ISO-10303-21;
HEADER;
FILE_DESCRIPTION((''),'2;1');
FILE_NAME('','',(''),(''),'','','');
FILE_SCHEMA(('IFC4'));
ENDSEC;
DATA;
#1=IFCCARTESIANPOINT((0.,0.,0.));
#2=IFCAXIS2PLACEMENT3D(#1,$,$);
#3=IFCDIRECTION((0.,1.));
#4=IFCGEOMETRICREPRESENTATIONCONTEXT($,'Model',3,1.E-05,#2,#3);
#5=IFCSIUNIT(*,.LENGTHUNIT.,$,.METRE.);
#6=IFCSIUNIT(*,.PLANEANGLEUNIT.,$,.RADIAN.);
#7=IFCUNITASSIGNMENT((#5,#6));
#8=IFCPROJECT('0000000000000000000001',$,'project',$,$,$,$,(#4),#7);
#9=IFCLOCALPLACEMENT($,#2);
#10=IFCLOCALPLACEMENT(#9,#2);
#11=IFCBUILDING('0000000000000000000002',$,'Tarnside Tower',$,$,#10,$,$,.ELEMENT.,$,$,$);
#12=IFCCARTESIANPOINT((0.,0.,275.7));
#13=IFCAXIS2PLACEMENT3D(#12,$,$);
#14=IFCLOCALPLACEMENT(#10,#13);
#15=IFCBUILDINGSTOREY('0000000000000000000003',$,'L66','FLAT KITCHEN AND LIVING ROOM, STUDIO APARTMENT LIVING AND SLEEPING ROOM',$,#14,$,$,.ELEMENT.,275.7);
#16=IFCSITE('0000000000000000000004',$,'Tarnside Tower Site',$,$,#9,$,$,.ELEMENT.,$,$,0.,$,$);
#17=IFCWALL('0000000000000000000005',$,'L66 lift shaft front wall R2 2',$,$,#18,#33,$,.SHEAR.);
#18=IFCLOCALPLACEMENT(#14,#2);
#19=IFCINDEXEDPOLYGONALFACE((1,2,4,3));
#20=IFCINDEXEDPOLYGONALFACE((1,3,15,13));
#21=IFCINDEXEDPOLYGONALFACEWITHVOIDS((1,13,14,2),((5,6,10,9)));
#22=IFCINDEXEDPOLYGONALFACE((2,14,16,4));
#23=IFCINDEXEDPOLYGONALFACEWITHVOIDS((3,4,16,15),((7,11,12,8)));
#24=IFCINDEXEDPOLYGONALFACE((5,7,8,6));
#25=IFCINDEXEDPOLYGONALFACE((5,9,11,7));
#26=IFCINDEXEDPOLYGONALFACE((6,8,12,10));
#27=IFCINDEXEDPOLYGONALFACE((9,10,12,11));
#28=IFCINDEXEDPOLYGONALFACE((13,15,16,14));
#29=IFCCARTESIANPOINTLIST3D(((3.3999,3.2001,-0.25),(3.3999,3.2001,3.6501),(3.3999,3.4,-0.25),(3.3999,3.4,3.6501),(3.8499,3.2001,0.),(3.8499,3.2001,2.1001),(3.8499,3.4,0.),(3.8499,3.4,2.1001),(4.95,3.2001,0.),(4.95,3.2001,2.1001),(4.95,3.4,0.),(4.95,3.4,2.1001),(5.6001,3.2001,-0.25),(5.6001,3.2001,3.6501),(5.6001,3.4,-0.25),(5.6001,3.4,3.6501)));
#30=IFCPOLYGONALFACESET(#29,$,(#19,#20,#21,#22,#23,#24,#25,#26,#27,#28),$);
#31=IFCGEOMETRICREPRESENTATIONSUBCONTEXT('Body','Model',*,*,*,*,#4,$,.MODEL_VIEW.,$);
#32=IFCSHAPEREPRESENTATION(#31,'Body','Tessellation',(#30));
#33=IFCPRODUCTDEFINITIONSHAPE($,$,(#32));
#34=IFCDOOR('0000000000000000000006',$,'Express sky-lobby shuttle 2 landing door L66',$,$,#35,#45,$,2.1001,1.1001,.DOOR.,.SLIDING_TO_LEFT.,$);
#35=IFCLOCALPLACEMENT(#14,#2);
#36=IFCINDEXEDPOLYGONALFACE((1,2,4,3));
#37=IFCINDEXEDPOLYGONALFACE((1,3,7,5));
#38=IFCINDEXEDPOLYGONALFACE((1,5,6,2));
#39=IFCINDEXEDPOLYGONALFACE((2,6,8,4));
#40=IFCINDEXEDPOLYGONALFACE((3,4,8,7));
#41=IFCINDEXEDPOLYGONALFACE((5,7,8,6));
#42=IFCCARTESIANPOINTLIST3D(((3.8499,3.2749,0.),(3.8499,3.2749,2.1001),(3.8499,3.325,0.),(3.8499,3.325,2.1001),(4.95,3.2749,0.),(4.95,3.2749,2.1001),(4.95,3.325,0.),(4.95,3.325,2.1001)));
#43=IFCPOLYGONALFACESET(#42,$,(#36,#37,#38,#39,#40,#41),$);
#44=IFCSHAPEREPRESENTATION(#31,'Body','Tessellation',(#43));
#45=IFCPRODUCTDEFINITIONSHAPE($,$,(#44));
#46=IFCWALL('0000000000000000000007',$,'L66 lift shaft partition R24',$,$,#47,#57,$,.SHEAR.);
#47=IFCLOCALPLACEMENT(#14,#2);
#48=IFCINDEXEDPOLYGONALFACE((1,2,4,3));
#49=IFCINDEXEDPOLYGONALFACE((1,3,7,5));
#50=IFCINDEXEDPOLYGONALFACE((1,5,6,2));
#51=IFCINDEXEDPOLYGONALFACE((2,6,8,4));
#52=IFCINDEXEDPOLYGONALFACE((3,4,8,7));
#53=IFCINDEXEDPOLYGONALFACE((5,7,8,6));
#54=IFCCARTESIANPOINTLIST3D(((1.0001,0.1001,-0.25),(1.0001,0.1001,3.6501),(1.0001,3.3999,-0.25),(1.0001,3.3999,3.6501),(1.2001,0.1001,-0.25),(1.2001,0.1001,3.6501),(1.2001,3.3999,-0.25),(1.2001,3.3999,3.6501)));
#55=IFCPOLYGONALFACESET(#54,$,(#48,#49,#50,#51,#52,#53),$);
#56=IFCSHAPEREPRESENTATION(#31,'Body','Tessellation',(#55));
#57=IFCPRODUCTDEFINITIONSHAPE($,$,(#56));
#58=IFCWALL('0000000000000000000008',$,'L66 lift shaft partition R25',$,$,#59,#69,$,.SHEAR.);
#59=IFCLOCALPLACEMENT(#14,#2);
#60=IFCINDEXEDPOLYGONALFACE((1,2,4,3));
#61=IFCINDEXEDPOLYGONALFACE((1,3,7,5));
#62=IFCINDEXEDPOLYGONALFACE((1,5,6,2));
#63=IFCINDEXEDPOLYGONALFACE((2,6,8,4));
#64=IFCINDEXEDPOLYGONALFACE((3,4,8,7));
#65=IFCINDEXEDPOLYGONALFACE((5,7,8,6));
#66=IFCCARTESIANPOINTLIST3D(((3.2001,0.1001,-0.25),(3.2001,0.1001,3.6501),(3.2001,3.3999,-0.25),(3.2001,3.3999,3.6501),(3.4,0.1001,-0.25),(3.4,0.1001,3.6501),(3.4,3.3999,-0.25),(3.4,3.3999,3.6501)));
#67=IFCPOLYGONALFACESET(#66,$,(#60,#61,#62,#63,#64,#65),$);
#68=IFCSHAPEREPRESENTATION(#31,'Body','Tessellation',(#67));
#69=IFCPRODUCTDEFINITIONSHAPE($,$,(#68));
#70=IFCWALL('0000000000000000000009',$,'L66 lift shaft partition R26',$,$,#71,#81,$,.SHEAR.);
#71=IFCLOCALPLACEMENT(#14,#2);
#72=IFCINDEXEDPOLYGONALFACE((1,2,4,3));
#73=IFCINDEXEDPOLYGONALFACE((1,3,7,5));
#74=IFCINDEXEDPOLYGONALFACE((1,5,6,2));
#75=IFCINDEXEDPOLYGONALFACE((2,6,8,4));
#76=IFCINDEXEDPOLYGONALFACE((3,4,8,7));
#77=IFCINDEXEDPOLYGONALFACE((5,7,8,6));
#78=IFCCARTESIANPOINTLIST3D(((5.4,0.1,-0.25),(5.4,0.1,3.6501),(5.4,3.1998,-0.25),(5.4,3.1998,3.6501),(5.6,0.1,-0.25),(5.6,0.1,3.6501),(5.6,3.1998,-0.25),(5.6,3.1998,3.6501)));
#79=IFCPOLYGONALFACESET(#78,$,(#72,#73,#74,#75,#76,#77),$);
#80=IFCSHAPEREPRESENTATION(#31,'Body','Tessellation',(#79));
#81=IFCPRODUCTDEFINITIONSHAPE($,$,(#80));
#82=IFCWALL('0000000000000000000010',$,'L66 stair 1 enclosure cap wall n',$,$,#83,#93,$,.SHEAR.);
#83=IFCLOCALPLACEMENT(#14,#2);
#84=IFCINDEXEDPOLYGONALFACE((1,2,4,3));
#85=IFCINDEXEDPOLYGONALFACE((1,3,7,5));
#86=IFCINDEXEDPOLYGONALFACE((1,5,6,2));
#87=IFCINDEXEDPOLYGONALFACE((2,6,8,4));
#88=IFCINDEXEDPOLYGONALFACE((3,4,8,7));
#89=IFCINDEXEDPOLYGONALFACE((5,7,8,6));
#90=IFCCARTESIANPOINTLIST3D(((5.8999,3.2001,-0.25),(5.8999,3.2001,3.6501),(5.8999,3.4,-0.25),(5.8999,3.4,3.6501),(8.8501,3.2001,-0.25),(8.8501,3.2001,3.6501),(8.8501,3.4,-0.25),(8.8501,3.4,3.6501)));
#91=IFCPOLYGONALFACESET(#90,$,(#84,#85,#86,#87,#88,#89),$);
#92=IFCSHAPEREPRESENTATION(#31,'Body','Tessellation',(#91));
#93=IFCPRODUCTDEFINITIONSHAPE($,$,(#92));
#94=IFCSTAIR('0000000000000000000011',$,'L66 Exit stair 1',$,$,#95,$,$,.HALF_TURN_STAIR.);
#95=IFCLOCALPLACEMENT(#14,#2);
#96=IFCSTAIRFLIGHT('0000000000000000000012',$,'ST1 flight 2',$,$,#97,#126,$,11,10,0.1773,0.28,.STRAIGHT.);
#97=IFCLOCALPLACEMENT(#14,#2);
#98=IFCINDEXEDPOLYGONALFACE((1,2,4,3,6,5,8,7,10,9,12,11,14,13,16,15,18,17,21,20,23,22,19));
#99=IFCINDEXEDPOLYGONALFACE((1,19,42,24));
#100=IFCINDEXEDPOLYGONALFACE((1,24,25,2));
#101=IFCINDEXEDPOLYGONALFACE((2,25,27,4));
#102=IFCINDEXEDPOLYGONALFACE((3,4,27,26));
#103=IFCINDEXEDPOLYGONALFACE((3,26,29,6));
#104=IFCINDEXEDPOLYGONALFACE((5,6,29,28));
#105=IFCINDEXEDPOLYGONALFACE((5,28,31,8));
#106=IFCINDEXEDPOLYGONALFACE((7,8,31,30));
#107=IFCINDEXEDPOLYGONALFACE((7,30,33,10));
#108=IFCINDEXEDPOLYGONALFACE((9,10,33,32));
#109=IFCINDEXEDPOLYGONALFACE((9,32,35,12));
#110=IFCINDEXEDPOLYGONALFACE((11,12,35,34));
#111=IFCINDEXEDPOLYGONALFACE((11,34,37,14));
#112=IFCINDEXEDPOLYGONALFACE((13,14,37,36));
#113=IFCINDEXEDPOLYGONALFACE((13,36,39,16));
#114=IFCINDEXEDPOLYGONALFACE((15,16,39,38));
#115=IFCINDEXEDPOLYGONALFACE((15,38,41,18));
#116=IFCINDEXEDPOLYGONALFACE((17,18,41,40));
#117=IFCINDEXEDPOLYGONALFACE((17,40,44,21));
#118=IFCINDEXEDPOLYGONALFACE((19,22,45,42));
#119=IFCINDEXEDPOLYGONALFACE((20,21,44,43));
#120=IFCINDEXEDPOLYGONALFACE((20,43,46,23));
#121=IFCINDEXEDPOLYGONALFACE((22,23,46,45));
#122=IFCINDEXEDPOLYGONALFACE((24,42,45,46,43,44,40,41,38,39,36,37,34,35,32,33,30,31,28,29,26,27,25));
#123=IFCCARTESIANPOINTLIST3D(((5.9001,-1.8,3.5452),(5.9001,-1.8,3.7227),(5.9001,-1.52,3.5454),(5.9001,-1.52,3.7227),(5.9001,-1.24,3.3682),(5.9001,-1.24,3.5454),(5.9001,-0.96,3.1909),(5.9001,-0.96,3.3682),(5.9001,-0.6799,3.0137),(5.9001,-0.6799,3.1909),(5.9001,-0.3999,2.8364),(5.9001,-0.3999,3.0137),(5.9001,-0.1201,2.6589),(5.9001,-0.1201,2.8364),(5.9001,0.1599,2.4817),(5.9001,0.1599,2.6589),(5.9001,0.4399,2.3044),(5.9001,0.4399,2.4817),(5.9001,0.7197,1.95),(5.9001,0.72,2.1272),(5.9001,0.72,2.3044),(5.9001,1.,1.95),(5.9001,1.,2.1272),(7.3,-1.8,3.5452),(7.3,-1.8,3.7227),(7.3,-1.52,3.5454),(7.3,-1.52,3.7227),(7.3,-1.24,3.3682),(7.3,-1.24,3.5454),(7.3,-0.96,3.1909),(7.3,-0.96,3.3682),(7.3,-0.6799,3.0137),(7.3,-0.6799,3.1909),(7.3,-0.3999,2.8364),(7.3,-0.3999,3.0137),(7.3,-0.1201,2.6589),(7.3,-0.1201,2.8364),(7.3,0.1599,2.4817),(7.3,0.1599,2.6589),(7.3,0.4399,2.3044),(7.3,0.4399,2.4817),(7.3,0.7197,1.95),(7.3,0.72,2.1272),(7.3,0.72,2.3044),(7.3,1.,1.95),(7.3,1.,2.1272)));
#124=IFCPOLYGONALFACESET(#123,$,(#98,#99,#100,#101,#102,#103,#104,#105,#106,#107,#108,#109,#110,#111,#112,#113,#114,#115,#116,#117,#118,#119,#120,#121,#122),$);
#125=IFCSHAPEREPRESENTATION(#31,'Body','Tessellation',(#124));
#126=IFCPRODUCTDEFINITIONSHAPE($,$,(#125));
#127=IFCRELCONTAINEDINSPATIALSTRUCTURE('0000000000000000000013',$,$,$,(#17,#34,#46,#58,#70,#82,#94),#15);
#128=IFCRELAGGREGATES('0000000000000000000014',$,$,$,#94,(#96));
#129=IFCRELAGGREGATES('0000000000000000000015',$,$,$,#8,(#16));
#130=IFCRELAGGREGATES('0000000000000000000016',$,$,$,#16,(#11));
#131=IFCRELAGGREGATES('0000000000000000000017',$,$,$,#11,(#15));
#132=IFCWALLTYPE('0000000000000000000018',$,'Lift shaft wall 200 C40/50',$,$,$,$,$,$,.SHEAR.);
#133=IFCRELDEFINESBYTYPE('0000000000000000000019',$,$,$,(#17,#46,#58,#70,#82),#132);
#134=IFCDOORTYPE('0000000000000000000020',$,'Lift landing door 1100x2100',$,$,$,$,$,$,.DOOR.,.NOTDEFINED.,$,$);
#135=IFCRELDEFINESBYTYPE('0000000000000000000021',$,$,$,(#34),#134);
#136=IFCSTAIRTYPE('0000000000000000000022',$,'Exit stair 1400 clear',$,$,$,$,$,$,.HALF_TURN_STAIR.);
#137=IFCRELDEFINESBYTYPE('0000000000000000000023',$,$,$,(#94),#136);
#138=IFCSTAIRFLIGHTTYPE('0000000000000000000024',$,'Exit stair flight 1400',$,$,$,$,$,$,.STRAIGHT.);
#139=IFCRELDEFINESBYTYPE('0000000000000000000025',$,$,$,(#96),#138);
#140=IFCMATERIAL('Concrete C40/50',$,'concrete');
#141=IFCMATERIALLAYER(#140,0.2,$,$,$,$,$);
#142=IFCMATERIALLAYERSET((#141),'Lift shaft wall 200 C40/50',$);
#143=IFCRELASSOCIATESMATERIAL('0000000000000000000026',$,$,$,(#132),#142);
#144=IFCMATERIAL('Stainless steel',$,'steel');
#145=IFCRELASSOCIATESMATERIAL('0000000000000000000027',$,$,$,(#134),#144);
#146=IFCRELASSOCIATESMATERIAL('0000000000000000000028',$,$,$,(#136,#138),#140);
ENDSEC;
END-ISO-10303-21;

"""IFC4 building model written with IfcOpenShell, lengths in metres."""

from ifc_helpers import new_model, si_unit, direction, frame, frame_2d, origin, place, context, subcontext, project, spatial, polyline, rectangle, outline, extrude, material, layer, layer_set, type_object, element, fill, aggregate, save


model = new_model("IFC4")

# Units and contexts
model_context = context("Model", 3, precision=1e-05, world=origin(), true_north=direction((0.0, 1.0)))
body_context = subcontext(model_context, "Body", "Model", "MODEL_VIEW")
ifc_project = project(units=[si_unit("LENGTHUNIT", "METRE"), si_unit("PLANEANGLEUNIT", "RADIAN")], contexts=[model_context])

# Site, building, storey
site_placement = place(None, origin())
site = spatial("IfcSite", under=ifc_project, at=site_placement, Name="Tarnside Tower Site", CompositionType="ELEMENT", RefElevation=0.0)
building_placement = place(site_placement, origin())
building = spatial("IfcBuilding", under=site, at=building_placement, Name="Tarnside Tower", CompositionType="ELEMENT")
storey_placement = place(building_placement, frame((0.0, 0.0, 275.7)))
storey = spatial("IfcBuildingStorey", under=building, at=storey_placement, Name="L66", Description="FLAT KITCHEN AND LIVING ROOM, STUDIO APARTMENT LIVING AND SLEEPING ROOM", CompositionType="ELEMENT", Elevation=275.7)

# Shared definitions
ifc_material_1 = material(Name="Concrete C40/50", Category="concrete")

# Shared definitions
ifc_layer_1 = layer(ifc_material_1, 0.2)
ifc_layer_set_1 = layer_set([ifc_layer_1], Name="Lift shaft wall 200 C40/50")
wall_type_1 = type_object("IfcWallType", Name="Lift shaft wall 200 C40/50", PredefinedType="SHEAR", material=ifc_layer_set_1)

# Wall, opening, door
wall_1_placement = place(storey_placement, frame((3.3999, 3.3, -0.25), z_axis=(0.0, 0.0, 1.0), x_axis=(1.0, 0.0, 0.0)))
wall_1 = element("IfcWall", 1, at=wall_1_placement, inside=storey, type_object=wall_type_1, Name="L66 lift shaft front wall R2 2", PredefinedType="SHEAR", context=body_context, shape_type="SweptSolid", body=[
    extrude(rectangle(XDim=2.2002, YDim=0.2, at=frame_2d((1.1001, 0.0))), origin(), (0.0, 0.0, 1.0), 3.9001),
])
opening_1_placement = place(wall_1_placement, frame((0.45, 0.0, 0.25)))
opening_1 = element("IfcOpeningElement", 2, at=opening_1_placement, cuts=wall_1, PredefinedType="OPENING", context=body_context, shape_type="SweptSolid", body=[
    extrude(rectangle(XDim=1.1001, YDim=2.1001, at=frame_2d((0.55, 1.05))), frame((0.0, 0.1099, 0.0), z_axis=(0.0, -1.0, 0.0), x_axis=(1.0, 0.0, 0.0)), (0.0, 0.0, 1.0), 0.22),
])
ifc_material_2 = material(Name="Stainless steel", Category="steel")
door_type_1 = type_object("IfcDoorType", Name="Lift landing door 1100x2100", OperationType="NOTDEFINED", PredefinedType="DOOR", material=ifc_material_2)
door_1_placement = place(opening_1_placement, origin())
door_1 = element("IfcDoor", 3, at=door_1_placement, inside=storey, type_object=door_type_1, Name="Express sky-lobby shuttle 2 landing door L66", OperationType="SLIDING_TO_LEFT", OverallHeight=2.1001, OverallWidth=1.1001, PredefinedType="DOOR", context=body_context, shape_type="SweptSolid", body=[
    extrude(rectangle(XDim=1.1001, YDim=2.1001, at=frame_2d((0.55, 1.05))), frame((0.0, 0.0249, 0.0), z_axis=(0.0, -1.0, 0.0), x_axis=(1.0, 0.0, 0.0)), (0.0, 0.0, 1.0), 0.05),
])
fill(opening_1, door_1)

# Walls
for number, where, z_axis, x_axis, name in (
    (4, (1.1001, 0.1001, -0.25), (0.0, 0.0, 1.0), (0.0, 1.0, 0.0), "L66 lift shaft partition R24"),
    (5, (3.3, 0.1001, -0.25), (0.0, 0.0, 1.0), (0.0, 1.0, 0.0), "L66 lift shaft partition R25"),
):
    element("IfcWall", number, at=place(storey_placement, frame(where, z_axis=z_axis, x_axis=x_axis)), inside=storey, type_object=wall_type_1, Name=name, PredefinedType="SHEAR", context=body_context, shape_type="SweptSolid", body=[
        extrude(rectangle(XDim=3.2998, YDim=0.2, at=frame_2d((1.6499, 0.0))), origin(), (0.0, 0.0, 1.0), 3.9001),
    ])
wall_2_placement = place(storey_placement, frame((5.5, 0.1001, -0.25), z_axis=(0.0, 0.0, 1.0), x_axis=(0.0, 1.0, 0.0)))
element("IfcWall", 6, at=wall_2_placement, inside=storey, type_object=wall_type_1, Name="L66 lift shaft partition R26", PredefinedType="SHEAR", context=body_context, shape_type="SweptSolid", body=[
    extrude(rectangle(XDim=3.0999, YDim=0.2, at=frame_2d((1.5498, 0.0))), origin(), (0.0, 0.0, 1.0), 3.9001),
])
wall_3_placement = place(storey_placement, frame((5.8999, 3.3, -0.25), z_axis=(0.0, 0.0, 1.0), x_axis=(1.0, 0.0, 0.0)))
element("IfcWall", 7, at=wall_3_placement, inside=storey, type_object=wall_type_1, Name="L66 stair 1 enclosure cap wall n", PredefinedType="SHEAR", context=body_context, shape_type="SweptSolid", body=[
    extrude(rectangle(XDim=2.9502, YDim=0.2, at=frame_2d((1.4751, 0.0))), origin(), (0.0, 0.0, 1.0), 3.9001),
])

# Stair, stair flight
stair_type = type_object("IfcStairType", Name="Exit stair 1400 clear", PredefinedType="HALF_TURN_STAIR", material=ifc_material_1)
stair_placement = place(storey_placement, origin())
stair = element("IfcStair", 8, at=stair_placement, inside=storey, type_object=stair_type, Name="L66 Exit stair 1", PredefinedType="HALF_TURN_STAIR")
stair_flight_type = type_object("IfcStairFlightType", Name="Exit stair flight 1400", PredefinedType="STRAIGHT", material=ifc_material_1)
stair_flight_placement = place(storey_placement, frame((6.6001, 1.0, 1.95), z_axis=(0.0, 0.0, 1.0), x_axis=(0.0, -1.0, 0.0)))
stair_flight = element("IfcStairFlight", 9, at=stair_flight_placement, type_object=stair_flight_type, Name="ST1 flight 2", NumberOfRisers=11, NumberOfTreads=10, PredefinedType="STRAIGHT", RiserHeight=0.1773, TreadLength=0.28, context=body_context, shape_type="SweptSolid", body=[
    extrude(outline(polyline([(0.0, 0.0), (0.0, 0.1772), (0.28, 0.1772), (0.28, 0.3545), (0.5601, 0.3545), (0.5601, 0.5317), (0.8401, 0.5317), (0.8401, 0.709), (1.1201, 0.709), (1.1201, 0.8865), (1.3999, 0.8865), (1.3999, 1.0637), (1.6799, 1.0637), (1.6799, 1.241), (1.96, 1.241), (1.96, 1.4182), (2.24, 1.4182), (2.24, 1.5955), (2.52, 1.5955), (2.52, 1.7727), (2.8, 1.7727), (2.8, 1.95), (2.8, 1.5952), (0.2803, 0.0), (0.0, 0.0)])), frame((0.0, 0.7, 0.0), z_axis=(0.0, -1.0, 0.0), x_axis=(1.0, 0.0, 0.0)), (0.0, 0.0, 1.0), 1.3999),
])
aggregate(stair, [stair_flight])

save(model, "model.ifc")
